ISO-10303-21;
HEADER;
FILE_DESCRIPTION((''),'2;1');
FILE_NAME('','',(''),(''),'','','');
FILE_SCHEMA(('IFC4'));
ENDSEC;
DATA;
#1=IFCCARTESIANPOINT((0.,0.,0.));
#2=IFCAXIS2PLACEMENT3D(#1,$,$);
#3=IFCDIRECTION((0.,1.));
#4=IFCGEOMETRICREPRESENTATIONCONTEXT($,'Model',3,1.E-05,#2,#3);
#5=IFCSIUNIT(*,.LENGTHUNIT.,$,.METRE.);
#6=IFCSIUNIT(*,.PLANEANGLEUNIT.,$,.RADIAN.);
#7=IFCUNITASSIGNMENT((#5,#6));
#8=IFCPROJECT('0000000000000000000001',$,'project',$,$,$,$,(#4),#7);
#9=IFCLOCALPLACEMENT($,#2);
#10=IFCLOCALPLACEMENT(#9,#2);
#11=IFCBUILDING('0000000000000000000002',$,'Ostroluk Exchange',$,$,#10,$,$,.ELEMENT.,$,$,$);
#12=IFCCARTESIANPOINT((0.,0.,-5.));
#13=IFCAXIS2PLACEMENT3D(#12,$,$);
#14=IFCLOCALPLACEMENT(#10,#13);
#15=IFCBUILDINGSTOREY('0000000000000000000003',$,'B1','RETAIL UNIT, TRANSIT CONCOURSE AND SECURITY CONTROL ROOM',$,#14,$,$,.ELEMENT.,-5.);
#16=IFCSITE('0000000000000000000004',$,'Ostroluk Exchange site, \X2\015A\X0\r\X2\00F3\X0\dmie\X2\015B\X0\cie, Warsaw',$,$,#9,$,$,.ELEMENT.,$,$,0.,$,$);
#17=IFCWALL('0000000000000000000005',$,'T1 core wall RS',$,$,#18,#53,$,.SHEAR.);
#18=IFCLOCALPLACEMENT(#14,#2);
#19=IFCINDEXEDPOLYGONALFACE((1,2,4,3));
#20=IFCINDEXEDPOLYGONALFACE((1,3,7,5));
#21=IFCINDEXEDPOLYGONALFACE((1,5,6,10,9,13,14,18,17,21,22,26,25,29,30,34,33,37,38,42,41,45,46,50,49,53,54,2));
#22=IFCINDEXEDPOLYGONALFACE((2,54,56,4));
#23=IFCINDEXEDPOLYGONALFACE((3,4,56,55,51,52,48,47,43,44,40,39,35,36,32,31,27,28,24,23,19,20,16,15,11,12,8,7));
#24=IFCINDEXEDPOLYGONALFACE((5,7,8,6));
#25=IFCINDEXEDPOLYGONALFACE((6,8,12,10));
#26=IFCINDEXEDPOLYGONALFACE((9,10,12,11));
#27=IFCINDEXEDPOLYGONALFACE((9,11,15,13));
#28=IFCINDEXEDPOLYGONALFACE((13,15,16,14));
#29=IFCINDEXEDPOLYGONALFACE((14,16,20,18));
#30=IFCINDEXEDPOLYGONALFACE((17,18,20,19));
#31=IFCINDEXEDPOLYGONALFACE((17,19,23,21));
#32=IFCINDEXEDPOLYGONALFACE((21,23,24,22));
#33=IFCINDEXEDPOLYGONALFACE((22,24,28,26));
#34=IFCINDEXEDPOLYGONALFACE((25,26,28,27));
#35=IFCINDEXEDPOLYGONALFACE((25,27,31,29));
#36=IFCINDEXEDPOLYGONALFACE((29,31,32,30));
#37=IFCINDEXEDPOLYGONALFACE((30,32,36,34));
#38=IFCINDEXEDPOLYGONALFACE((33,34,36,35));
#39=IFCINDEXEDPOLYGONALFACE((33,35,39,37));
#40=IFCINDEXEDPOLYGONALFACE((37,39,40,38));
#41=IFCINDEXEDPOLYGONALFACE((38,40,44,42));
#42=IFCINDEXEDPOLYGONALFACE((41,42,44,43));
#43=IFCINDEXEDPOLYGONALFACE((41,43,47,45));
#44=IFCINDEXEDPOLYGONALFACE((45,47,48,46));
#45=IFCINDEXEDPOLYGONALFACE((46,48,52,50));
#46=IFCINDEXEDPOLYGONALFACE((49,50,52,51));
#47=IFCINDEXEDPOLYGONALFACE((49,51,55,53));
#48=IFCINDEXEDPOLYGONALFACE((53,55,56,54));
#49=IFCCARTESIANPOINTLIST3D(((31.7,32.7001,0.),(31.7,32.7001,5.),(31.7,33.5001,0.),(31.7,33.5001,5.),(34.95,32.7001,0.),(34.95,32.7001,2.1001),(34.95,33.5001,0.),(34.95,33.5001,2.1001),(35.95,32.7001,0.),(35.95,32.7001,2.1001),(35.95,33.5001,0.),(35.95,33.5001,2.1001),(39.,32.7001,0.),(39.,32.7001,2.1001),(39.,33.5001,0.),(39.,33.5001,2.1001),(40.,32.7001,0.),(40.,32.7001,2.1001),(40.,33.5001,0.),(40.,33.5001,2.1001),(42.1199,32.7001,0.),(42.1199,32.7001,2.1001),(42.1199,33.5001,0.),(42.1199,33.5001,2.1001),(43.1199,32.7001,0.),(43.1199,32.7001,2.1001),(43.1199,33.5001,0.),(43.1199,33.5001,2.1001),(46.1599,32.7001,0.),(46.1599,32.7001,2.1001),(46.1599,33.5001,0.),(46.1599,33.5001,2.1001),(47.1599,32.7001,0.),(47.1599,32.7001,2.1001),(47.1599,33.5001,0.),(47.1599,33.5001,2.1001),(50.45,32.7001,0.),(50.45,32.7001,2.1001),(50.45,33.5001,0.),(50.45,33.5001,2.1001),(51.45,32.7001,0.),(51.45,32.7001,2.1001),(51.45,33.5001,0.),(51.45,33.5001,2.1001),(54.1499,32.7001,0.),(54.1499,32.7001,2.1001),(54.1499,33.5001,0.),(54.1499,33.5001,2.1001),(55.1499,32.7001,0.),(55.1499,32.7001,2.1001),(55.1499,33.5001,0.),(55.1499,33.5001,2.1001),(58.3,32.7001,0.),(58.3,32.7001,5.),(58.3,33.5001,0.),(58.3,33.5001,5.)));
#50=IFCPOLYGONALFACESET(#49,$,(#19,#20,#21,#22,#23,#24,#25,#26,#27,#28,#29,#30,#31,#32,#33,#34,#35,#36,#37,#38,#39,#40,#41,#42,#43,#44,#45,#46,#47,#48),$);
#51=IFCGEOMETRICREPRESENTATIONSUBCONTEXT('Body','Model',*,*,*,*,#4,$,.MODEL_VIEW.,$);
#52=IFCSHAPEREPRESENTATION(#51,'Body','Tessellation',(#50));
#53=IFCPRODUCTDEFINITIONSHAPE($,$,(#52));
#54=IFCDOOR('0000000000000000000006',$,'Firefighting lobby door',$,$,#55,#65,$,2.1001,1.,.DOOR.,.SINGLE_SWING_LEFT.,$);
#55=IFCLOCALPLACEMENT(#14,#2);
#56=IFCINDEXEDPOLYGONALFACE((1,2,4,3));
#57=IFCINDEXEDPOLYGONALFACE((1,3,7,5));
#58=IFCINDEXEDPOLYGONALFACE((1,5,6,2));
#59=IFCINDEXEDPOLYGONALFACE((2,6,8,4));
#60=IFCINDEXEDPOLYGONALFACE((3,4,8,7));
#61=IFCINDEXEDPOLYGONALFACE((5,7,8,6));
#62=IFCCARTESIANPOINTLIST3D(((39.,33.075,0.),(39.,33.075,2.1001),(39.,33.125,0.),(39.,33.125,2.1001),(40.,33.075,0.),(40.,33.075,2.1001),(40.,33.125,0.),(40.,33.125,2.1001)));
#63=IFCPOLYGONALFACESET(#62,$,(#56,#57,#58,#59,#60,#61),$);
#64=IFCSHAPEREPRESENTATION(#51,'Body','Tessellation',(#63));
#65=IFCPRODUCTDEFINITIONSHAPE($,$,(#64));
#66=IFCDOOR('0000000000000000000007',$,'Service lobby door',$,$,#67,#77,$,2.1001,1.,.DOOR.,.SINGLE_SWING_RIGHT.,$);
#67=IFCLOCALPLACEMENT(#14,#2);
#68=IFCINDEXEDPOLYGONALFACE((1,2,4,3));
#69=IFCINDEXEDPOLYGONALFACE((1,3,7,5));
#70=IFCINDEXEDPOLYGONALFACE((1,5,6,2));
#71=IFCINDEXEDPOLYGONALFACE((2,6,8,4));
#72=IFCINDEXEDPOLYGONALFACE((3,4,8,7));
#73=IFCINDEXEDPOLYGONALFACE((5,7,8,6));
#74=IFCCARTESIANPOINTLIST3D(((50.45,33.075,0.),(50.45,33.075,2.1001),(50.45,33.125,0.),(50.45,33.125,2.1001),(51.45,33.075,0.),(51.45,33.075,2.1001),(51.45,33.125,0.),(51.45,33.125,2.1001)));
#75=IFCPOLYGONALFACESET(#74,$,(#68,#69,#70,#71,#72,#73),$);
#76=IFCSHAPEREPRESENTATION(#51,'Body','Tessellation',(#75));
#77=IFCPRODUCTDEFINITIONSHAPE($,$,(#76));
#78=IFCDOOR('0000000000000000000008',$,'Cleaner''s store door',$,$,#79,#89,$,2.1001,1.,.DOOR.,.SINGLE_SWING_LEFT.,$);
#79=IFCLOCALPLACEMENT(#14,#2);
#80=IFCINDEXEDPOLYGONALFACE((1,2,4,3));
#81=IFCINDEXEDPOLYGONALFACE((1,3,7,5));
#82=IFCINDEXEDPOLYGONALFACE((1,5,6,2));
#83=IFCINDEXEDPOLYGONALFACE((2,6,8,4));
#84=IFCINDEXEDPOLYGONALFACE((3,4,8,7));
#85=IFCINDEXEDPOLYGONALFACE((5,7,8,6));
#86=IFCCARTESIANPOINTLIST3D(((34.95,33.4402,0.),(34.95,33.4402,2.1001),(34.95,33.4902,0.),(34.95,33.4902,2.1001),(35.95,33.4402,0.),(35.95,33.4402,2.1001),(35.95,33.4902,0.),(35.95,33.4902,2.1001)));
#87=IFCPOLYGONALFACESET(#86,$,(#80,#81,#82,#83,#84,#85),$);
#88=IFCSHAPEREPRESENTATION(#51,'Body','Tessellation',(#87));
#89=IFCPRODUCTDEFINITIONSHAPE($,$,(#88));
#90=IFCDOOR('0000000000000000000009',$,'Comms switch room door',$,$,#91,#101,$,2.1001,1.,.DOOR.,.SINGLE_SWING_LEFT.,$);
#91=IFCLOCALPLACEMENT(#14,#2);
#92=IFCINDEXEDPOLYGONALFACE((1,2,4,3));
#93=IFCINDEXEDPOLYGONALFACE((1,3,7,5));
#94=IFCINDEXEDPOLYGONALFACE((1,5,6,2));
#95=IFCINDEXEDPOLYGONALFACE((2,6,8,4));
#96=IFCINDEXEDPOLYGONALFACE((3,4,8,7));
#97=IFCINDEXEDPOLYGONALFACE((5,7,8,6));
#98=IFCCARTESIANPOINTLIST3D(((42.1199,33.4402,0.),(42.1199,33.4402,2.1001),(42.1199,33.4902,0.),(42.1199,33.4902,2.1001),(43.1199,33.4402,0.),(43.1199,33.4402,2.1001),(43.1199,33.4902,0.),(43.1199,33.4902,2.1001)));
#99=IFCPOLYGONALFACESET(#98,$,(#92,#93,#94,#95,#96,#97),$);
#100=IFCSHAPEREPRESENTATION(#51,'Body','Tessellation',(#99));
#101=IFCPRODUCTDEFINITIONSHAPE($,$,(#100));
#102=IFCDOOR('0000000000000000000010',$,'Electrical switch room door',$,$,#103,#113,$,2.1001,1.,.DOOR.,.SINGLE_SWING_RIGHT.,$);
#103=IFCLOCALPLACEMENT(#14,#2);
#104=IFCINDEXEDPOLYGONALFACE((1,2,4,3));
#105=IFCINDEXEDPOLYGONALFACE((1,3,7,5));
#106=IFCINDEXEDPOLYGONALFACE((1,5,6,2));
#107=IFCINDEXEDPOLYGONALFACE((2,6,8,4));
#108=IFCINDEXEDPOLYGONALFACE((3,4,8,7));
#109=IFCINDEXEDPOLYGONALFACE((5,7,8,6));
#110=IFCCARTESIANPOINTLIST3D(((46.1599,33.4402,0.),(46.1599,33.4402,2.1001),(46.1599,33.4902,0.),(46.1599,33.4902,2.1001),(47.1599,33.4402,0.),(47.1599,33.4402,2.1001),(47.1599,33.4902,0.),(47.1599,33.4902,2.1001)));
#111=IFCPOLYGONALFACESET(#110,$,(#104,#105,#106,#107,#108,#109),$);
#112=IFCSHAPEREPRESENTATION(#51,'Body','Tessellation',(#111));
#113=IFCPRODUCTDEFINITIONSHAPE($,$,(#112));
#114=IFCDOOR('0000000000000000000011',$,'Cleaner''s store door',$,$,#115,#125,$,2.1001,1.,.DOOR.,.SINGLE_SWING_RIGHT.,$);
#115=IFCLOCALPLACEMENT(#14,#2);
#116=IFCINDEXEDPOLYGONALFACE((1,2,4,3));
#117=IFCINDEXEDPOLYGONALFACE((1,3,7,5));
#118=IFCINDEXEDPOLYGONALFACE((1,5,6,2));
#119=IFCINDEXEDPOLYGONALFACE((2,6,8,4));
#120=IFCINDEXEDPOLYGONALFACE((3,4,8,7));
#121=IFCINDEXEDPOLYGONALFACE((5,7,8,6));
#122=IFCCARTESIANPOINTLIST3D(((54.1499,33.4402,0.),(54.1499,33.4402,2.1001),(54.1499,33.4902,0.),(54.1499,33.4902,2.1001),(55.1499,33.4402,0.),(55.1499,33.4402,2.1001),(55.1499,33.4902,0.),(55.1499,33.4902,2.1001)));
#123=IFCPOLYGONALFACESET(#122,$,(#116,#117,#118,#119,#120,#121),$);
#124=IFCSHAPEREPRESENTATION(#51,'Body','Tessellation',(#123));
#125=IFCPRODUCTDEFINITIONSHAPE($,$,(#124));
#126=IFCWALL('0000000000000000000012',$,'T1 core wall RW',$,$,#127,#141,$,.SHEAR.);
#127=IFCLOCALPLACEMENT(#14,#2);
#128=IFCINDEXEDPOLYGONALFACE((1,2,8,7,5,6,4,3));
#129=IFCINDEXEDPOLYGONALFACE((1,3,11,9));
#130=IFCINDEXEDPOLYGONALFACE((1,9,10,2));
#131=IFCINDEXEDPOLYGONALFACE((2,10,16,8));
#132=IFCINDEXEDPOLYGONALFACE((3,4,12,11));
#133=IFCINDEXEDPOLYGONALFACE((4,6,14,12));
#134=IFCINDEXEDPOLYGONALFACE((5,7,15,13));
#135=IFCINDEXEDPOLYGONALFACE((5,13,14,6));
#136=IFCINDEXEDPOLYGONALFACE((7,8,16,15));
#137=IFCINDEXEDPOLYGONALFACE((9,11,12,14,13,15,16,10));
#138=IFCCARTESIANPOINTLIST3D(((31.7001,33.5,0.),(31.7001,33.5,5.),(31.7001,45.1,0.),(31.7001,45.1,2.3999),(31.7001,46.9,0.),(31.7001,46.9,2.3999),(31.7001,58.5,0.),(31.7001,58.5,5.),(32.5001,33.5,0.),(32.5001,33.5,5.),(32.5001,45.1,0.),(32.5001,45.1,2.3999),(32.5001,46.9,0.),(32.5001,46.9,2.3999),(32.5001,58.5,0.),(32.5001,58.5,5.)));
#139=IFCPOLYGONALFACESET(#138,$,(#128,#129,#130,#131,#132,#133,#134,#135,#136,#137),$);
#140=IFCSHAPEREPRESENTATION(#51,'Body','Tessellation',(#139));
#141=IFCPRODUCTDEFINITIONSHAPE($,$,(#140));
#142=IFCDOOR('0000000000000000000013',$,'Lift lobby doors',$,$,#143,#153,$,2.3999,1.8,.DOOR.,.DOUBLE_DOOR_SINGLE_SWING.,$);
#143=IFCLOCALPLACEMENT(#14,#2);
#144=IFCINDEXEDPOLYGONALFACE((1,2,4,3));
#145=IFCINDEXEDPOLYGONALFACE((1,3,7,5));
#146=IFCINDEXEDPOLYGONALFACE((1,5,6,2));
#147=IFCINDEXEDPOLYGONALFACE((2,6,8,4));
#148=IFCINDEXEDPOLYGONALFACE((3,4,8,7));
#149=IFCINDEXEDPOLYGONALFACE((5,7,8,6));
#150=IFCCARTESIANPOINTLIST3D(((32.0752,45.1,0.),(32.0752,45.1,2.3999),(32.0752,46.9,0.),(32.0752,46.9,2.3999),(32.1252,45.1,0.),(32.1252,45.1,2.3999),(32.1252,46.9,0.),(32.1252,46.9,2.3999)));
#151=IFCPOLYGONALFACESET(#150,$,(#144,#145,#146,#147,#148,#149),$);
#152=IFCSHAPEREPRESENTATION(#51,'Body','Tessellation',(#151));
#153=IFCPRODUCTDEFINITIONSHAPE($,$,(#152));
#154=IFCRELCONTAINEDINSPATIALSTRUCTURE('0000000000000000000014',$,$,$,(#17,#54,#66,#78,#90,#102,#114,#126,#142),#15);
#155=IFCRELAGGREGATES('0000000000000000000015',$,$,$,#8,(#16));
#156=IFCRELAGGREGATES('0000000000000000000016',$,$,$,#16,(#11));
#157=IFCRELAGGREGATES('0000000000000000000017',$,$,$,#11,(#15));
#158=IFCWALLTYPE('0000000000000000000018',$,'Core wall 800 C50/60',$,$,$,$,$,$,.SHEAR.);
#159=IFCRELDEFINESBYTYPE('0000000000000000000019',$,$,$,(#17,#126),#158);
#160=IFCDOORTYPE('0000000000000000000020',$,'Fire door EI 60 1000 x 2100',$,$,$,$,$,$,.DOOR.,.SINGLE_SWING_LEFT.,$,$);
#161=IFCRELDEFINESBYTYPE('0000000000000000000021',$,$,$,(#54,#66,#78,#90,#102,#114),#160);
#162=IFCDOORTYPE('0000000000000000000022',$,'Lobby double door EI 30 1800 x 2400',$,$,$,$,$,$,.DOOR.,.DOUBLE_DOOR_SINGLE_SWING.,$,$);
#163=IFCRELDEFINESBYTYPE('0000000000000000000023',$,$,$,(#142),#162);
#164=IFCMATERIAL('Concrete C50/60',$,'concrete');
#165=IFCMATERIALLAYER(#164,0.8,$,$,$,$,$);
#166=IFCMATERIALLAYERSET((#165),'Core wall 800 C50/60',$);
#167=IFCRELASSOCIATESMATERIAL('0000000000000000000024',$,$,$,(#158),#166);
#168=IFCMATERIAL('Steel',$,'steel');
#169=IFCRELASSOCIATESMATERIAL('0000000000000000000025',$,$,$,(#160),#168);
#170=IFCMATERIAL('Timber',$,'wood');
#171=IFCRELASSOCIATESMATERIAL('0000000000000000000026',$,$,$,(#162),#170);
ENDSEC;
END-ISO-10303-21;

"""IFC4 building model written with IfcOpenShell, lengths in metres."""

from ifc_helpers import new_model, si_unit, direction, frame, frame_2d, origin, place, context, subcontext, project, spatial, rectangle, extrude, material, layer, layer_set, type_object, element, fill, save


model = new_model("IFC4")

# Units and contexts
model_context = context("Model", 3, precision=1e-05, world=origin(), true_north=direction((0.0, 1.0)))
body_context = subcontext(model_context, "Body", "Model", "MODEL_VIEW")
ifc_project = project(units=[si_unit("LENGTHUNIT", "METRE"), si_unit("PLANEANGLEUNIT", "RADIAN")], contexts=[model_context])

# Site, building, storey
site_placement = place(None, origin())
site = spatial("IfcSite", under=ifc_project, at=site_placement, Name="Ostroluk Exchange site, Śródmieście, Warsaw", CompositionType="ELEMENT", RefElevation=0.0)
building_placement = place(site_placement, origin())
building = spatial("IfcBuilding", under=site, at=building_placement, Name="Ostroluk Exchange", CompositionType="ELEMENT")
storey_placement = place(building_placement, frame((0.0, 0.0, -5.0)))
storey = spatial("IfcBuildingStorey", under=building, at=storey_placement, Name="B1", Description="RETAIL UNIT, TRANSIT CONCOURSE AND SECURITY CONTROL ROOM", CompositionType="ELEMENT", Elevation=-5.0)

# Wall, openings, doors
ifc_material_1 = material(Name="Concrete C50/60", Category="concrete")
ifc_layer_1 = layer(ifc_material_1, 0.8)
ifc_layer_set_1 = layer_set([ifc_layer_1], Name="Core wall 800 C50/60")
wall_type_1 = type_object("IfcWallType", Name="Core wall 800 C50/60", PredefinedType="SHEAR", material=ifc_layer_set_1)
wall_1_placement = place(storey_placement, frame((31.7, 33.1001, 0.0), z_axis=(0.0, 0.0, 1.0), x_axis=(1.0, 0.0, 0.0)))
wall_1 = element("IfcWall", 1, at=wall_1_placement, inside=storey, type_object=wall_type_1, Name="T1 core wall RS", PredefinedType="SHEAR", context=body_context, shape_type="SweptSolid", body=[
    extrude(rectangle(XDim=26.6001, YDim=0.8, at=frame_2d((13.3, 0.0))), origin(), (0.0, 0.0, 1.0), 5.0),
])
opening_1_placement = place(wall_1_placement, frame((7.3, 0.0, 0.0)))
opening_1 = element("IfcOpeningElement", 2, at=opening_1_placement, cuts=wall_1, PredefinedType="OPENING", context=body_context, shape_type="SweptSolid", body=[
    extrude(rectangle(XDim=1.0, YDim=2.1001, at=frame_2d((0.5, 1.05))), frame((0.0, 0.4099, 0.0), z_axis=(0.0, -1.0, 0.0), x_axis=(1.0, 0.0, 0.0)), (0.0, 0.0, 1.0), 0.8201),
])
opening_2_placement = place(wall_1_placement, frame((18.75, 0.0, 0.0)))
opening_2 = element("IfcOpeningElement", 3, at=opening_2_placement, cuts=wall_1, PredefinedType="OPENING", context=body_context, shape_type="SweptSolid", body=[
    extrude(rectangle(XDim=1.0, YDim=2.1001, at=frame_2d((0.5, 1.05))), frame((0.0, 0.4099, 0.0), z_axis=(0.0, -1.0, 0.0), x_axis=(1.0, 0.0, 0.0)), (0.0, 0.0, 1.0), 0.8201),
])
opening_3_placement = place(wall_1_placement, frame((3.25, 0.0, 0.0)))
opening_3 = element("IfcOpeningElement", 4, at=opening_3_placement, cuts=wall_1, PredefinedType="OPENING", context=body_context, shape_type="SweptSolid", body=[
    extrude(rectangle(XDim=1.0, YDim=2.1001, at=frame_2d((0.5, 1.05))), frame((0.0, 0.4099, 0.0), z_axis=(0.0, -1.0, 0.0), x_axis=(1.0, 0.0, 0.0)), (0.0, 0.0, 1.0), 0.8201),
])
opening_4_placement = place(wall_1_placement, frame((10.4199, 0.0, 0.0)))
opening_4 = element("IfcOpeningElement", 5, at=opening_4_placement, cuts=wall_1, PredefinedType="OPENING", context=body_context, shape_type="SweptSolid", body=[
    extrude(rectangle(XDim=1.0, YDim=2.1001, at=frame_2d((0.5, 1.05))), frame((0.0, 0.4099, 0.0), z_axis=(0.0, -1.0, 0.0), x_axis=(1.0, 0.0, 0.0)), (0.0, 0.0, 1.0), 0.8201),
])
opening_5_placement = place(wall_1_placement, frame((14.46, 0.0, 0.0)))
opening_5 = element("IfcOpeningElement", 6, at=opening_5_placement, cuts=wall_1, PredefinedType="OPENING", context=body_context, shape_type="SweptSolid", body=[
    extrude(rectangle(XDim=1.0, YDim=2.1001, at=frame_2d((0.5, 1.05))), frame((0.0, 0.4099, 0.0), z_axis=(0.0, -1.0, 0.0), x_axis=(1.0, 0.0, 0.0)), (0.0, 0.0, 1.0), 0.8201),
])
opening_6_placement = place(wall_1_placement, frame((22.45, 0.0, 0.0)))
opening_6 = element("IfcOpeningElement", 7, at=opening_6_placement, cuts=wall_1, PredefinedType="OPENING", context=body_context, shape_type="SweptSolid", body=[
    extrude(rectangle(XDim=1.0, YDim=2.1001, at=frame_2d((0.5, 1.05))), frame((0.0, 0.4099, 0.0), z_axis=(0.0, -1.0, 0.0), x_axis=(1.0, 0.0, 0.0)), (0.0, 0.0, 1.0), 0.8201),
])
ifc_material_2 = material(Name="Steel", Category="steel")
door_type_1 = type_object("IfcDoorType", Name="Fire door EI 60 1000 x 2100", OperationType="SINGLE_SWING_LEFT", PredefinedType="DOOR", material=ifc_material_2)
door_1_placement = place(opening_1_placement, origin())
door_1 = element("IfcDoor", 8, at=door_1_placement, inside=storey, type_object=door_type_1, Name="Firefighting lobby door", OperationType="SINGLE_SWING_LEFT", OverallHeight=2.1001, OverallWidth=1.0, PredefinedType="DOOR", context=body_context, shape_type="SweptSolid", body=[
    extrude(rectangle(XDim=1.0, YDim=2.1001, at=frame_2d((0.5, 1.05))), frame((0.0, 0.0249, 0.0), z_axis=(0.0, -1.0, 0.0), x_axis=(1.0, 0.0, 0.0)), (0.0, 0.0, 1.0), 0.05),
])
fill(opening_1, door_1)
door_2_placement = place(opening_2_placement, origin())
door_2 = element("IfcDoor", 9, at=door_2_placement, inside=storey, type_object=door_type_1, Name="Service lobby door", OperationType="SINGLE_SWING_RIGHT", OverallHeight=2.1001, OverallWidth=1.0, PredefinedType="DOOR", context=body_context, shape_type="SweptSolid", body=[
    extrude(rectangle(XDim=1.0, YDim=2.1001, at=frame_2d((0.5, 1.05))), frame((0.0, 0.0249, 0.0), z_axis=(0.0, -1.0, 0.0), x_axis=(1.0, 0.0, 0.0)), (0.0, 0.0, 1.0), 0.05),
])
fill(opening_2, door_2)
door_3_placement = place(opening_3_placement, origin())
door_3 = element("IfcDoor", 10, at=door_3_placement, inside=storey, type_object=door_type_1, Name="Cleaner's store door", OperationType="SINGLE_SWING_LEFT", OverallHeight=2.1001, OverallWidth=1.0, PredefinedType="DOOR", context=body_context, shape_type="SweptSolid", body=[
    extrude(rectangle(XDim=1.0, YDim=2.1001, at=frame_2d((0.5, 1.05))), frame((0.0, 0.3901, 0.0), z_axis=(0.0, -1.0, 0.0), x_axis=(1.0, 0.0, 0.0)), (0.0, 0.0, 1.0), 0.05),
])
fill(opening_3, door_3)
door_4_placement = place(opening_4_placement, origin())
door_4 = element("IfcDoor", 11, at=door_4_placement, inside=storey, type_object=door_type_1, Name="Comms switch room door", OperationType="SINGLE_SWING_LEFT", OverallHeight=2.1001, OverallWidth=1.0, PredefinedType="DOOR", context=body_context, shape_type="SweptSolid", body=[
    extrude(rectangle(XDim=1.0, YDim=2.1001, at=frame_2d((0.5, 1.05))), frame((0.0, 0.3901, 0.0), z_axis=(0.0, -1.0, 0.0), x_axis=(1.0, 0.0, 0.0)), (0.0, 0.0, 1.0), 0.05),
])
fill(opening_4, door_4)
door_5_placement = place(opening_5_placement, origin())
door_5 = element("IfcDoor", 12, at=door_5_placement, inside=storey, type_object=door_type_1, Name="Electrical switch room door", OperationType="SINGLE_SWING_RIGHT", OverallHeight=2.1001, OverallWidth=1.0, PredefinedType="DOOR", context=body_context, shape_type="SweptSolid", body=[
    extrude(rectangle(XDim=1.0, YDim=2.1001, at=frame_2d((0.5, 1.05))), frame((0.0, 0.3901, 0.0), z_axis=(0.0, -1.0, 0.0), x_axis=(1.0, 0.0, 0.0)), (0.0, 0.0, 1.0), 0.05),
])
fill(opening_5, door_5)
door_6_placement = place(opening_6_placement, origin())
door_6 = element("IfcDoor", 13, at=door_6_placement, inside=storey, type_object=door_type_1, Name="Cleaner's store door", OperationType="SINGLE_SWING_RIGHT", OverallHeight=2.1001, OverallWidth=1.0, PredefinedType="DOOR", context=body_context, shape_type="SweptSolid", body=[
    extrude(rectangle(XDim=1.0, YDim=2.1001, at=frame_2d((0.5, 1.05))), frame((0.0, 0.3901, 0.0), z_axis=(0.0, -1.0, 0.0), x_axis=(1.0, 0.0, 0.0)), (0.0, 0.0, 1.0), 0.05),
])
fill(opening_6, door_6)

# Wall, opening, door
wall_2_placement = place(storey_placement, frame((32.1001, 33.5, 0.0), z_axis=(0.0, 0.0, 1.0), x_axis=(0.0, 1.0, 0.0)))
wall_2 = element("IfcWall", 14, at=wall_2_placement, inside=storey, type_object=wall_type_1, Name="T1 core wall RW", PredefinedType="SHEAR", context=body_context, shape_type="SweptSolid", body=[
    extrude(rectangle(XDim=25.0, YDim=0.8, at=frame_2d((12.5, 0.0))), origin(), (0.0, 0.0, 1.0), 5.0),
])
opening_7_placement = place(wall_2_placement, frame((11.6001, 0.0, 0.0)))
opening_7 = element("IfcOpeningElement", 15, at=opening_7_placement, cuts=wall_2, PredefinedType="OPENING", context=body_context, shape_type="SweptSolid", body=[
    extrude(rectangle(XDim=1.8, YDim=2.3999, at=frame_2d((0.8999, 1.2))), frame((0.0, 0.4099, 0.0), z_axis=(0.0, -1.0, 0.0), x_axis=(1.0, 0.0, 0.0)), (0.0, 0.0, 1.0), 0.8201),
])
ifc_material_3 = material(Name="Timber", Category="wood")
door_type_2 = type_object("IfcDoorType", Name="Lobby double door EI 30 1800 x 2400", OperationType="DOUBLE_DOOR_SINGLE_SWING", PredefinedType="DOOR", material=ifc_material_3)
door_7_placement = place(opening_7_placement, origin())
door_7 = element("IfcDoor", 16, at=door_7_placement, inside=storey, type_object=door_type_2, Name="Lift lobby doors", OperationType="DOUBLE_DOOR_SINGLE_SWING", OverallHeight=2.3999, OverallWidth=1.8, PredefinedType="DOOR", context=body_context, shape_type="SweptSolid", body=[
    extrude(rectangle(XDim=1.8, YDim=2.3999, at=frame_2d((0.8999, 1.2))), frame((0.0, 0.0249, 0.0), z_axis=(0.0, -1.0, 0.0), x_axis=(1.0, 0.0, 0.0)), (0.0, 0.0, 1.0), 0.05),
])
fill(opening_7, door_7)

save(model, "model.ifc")
